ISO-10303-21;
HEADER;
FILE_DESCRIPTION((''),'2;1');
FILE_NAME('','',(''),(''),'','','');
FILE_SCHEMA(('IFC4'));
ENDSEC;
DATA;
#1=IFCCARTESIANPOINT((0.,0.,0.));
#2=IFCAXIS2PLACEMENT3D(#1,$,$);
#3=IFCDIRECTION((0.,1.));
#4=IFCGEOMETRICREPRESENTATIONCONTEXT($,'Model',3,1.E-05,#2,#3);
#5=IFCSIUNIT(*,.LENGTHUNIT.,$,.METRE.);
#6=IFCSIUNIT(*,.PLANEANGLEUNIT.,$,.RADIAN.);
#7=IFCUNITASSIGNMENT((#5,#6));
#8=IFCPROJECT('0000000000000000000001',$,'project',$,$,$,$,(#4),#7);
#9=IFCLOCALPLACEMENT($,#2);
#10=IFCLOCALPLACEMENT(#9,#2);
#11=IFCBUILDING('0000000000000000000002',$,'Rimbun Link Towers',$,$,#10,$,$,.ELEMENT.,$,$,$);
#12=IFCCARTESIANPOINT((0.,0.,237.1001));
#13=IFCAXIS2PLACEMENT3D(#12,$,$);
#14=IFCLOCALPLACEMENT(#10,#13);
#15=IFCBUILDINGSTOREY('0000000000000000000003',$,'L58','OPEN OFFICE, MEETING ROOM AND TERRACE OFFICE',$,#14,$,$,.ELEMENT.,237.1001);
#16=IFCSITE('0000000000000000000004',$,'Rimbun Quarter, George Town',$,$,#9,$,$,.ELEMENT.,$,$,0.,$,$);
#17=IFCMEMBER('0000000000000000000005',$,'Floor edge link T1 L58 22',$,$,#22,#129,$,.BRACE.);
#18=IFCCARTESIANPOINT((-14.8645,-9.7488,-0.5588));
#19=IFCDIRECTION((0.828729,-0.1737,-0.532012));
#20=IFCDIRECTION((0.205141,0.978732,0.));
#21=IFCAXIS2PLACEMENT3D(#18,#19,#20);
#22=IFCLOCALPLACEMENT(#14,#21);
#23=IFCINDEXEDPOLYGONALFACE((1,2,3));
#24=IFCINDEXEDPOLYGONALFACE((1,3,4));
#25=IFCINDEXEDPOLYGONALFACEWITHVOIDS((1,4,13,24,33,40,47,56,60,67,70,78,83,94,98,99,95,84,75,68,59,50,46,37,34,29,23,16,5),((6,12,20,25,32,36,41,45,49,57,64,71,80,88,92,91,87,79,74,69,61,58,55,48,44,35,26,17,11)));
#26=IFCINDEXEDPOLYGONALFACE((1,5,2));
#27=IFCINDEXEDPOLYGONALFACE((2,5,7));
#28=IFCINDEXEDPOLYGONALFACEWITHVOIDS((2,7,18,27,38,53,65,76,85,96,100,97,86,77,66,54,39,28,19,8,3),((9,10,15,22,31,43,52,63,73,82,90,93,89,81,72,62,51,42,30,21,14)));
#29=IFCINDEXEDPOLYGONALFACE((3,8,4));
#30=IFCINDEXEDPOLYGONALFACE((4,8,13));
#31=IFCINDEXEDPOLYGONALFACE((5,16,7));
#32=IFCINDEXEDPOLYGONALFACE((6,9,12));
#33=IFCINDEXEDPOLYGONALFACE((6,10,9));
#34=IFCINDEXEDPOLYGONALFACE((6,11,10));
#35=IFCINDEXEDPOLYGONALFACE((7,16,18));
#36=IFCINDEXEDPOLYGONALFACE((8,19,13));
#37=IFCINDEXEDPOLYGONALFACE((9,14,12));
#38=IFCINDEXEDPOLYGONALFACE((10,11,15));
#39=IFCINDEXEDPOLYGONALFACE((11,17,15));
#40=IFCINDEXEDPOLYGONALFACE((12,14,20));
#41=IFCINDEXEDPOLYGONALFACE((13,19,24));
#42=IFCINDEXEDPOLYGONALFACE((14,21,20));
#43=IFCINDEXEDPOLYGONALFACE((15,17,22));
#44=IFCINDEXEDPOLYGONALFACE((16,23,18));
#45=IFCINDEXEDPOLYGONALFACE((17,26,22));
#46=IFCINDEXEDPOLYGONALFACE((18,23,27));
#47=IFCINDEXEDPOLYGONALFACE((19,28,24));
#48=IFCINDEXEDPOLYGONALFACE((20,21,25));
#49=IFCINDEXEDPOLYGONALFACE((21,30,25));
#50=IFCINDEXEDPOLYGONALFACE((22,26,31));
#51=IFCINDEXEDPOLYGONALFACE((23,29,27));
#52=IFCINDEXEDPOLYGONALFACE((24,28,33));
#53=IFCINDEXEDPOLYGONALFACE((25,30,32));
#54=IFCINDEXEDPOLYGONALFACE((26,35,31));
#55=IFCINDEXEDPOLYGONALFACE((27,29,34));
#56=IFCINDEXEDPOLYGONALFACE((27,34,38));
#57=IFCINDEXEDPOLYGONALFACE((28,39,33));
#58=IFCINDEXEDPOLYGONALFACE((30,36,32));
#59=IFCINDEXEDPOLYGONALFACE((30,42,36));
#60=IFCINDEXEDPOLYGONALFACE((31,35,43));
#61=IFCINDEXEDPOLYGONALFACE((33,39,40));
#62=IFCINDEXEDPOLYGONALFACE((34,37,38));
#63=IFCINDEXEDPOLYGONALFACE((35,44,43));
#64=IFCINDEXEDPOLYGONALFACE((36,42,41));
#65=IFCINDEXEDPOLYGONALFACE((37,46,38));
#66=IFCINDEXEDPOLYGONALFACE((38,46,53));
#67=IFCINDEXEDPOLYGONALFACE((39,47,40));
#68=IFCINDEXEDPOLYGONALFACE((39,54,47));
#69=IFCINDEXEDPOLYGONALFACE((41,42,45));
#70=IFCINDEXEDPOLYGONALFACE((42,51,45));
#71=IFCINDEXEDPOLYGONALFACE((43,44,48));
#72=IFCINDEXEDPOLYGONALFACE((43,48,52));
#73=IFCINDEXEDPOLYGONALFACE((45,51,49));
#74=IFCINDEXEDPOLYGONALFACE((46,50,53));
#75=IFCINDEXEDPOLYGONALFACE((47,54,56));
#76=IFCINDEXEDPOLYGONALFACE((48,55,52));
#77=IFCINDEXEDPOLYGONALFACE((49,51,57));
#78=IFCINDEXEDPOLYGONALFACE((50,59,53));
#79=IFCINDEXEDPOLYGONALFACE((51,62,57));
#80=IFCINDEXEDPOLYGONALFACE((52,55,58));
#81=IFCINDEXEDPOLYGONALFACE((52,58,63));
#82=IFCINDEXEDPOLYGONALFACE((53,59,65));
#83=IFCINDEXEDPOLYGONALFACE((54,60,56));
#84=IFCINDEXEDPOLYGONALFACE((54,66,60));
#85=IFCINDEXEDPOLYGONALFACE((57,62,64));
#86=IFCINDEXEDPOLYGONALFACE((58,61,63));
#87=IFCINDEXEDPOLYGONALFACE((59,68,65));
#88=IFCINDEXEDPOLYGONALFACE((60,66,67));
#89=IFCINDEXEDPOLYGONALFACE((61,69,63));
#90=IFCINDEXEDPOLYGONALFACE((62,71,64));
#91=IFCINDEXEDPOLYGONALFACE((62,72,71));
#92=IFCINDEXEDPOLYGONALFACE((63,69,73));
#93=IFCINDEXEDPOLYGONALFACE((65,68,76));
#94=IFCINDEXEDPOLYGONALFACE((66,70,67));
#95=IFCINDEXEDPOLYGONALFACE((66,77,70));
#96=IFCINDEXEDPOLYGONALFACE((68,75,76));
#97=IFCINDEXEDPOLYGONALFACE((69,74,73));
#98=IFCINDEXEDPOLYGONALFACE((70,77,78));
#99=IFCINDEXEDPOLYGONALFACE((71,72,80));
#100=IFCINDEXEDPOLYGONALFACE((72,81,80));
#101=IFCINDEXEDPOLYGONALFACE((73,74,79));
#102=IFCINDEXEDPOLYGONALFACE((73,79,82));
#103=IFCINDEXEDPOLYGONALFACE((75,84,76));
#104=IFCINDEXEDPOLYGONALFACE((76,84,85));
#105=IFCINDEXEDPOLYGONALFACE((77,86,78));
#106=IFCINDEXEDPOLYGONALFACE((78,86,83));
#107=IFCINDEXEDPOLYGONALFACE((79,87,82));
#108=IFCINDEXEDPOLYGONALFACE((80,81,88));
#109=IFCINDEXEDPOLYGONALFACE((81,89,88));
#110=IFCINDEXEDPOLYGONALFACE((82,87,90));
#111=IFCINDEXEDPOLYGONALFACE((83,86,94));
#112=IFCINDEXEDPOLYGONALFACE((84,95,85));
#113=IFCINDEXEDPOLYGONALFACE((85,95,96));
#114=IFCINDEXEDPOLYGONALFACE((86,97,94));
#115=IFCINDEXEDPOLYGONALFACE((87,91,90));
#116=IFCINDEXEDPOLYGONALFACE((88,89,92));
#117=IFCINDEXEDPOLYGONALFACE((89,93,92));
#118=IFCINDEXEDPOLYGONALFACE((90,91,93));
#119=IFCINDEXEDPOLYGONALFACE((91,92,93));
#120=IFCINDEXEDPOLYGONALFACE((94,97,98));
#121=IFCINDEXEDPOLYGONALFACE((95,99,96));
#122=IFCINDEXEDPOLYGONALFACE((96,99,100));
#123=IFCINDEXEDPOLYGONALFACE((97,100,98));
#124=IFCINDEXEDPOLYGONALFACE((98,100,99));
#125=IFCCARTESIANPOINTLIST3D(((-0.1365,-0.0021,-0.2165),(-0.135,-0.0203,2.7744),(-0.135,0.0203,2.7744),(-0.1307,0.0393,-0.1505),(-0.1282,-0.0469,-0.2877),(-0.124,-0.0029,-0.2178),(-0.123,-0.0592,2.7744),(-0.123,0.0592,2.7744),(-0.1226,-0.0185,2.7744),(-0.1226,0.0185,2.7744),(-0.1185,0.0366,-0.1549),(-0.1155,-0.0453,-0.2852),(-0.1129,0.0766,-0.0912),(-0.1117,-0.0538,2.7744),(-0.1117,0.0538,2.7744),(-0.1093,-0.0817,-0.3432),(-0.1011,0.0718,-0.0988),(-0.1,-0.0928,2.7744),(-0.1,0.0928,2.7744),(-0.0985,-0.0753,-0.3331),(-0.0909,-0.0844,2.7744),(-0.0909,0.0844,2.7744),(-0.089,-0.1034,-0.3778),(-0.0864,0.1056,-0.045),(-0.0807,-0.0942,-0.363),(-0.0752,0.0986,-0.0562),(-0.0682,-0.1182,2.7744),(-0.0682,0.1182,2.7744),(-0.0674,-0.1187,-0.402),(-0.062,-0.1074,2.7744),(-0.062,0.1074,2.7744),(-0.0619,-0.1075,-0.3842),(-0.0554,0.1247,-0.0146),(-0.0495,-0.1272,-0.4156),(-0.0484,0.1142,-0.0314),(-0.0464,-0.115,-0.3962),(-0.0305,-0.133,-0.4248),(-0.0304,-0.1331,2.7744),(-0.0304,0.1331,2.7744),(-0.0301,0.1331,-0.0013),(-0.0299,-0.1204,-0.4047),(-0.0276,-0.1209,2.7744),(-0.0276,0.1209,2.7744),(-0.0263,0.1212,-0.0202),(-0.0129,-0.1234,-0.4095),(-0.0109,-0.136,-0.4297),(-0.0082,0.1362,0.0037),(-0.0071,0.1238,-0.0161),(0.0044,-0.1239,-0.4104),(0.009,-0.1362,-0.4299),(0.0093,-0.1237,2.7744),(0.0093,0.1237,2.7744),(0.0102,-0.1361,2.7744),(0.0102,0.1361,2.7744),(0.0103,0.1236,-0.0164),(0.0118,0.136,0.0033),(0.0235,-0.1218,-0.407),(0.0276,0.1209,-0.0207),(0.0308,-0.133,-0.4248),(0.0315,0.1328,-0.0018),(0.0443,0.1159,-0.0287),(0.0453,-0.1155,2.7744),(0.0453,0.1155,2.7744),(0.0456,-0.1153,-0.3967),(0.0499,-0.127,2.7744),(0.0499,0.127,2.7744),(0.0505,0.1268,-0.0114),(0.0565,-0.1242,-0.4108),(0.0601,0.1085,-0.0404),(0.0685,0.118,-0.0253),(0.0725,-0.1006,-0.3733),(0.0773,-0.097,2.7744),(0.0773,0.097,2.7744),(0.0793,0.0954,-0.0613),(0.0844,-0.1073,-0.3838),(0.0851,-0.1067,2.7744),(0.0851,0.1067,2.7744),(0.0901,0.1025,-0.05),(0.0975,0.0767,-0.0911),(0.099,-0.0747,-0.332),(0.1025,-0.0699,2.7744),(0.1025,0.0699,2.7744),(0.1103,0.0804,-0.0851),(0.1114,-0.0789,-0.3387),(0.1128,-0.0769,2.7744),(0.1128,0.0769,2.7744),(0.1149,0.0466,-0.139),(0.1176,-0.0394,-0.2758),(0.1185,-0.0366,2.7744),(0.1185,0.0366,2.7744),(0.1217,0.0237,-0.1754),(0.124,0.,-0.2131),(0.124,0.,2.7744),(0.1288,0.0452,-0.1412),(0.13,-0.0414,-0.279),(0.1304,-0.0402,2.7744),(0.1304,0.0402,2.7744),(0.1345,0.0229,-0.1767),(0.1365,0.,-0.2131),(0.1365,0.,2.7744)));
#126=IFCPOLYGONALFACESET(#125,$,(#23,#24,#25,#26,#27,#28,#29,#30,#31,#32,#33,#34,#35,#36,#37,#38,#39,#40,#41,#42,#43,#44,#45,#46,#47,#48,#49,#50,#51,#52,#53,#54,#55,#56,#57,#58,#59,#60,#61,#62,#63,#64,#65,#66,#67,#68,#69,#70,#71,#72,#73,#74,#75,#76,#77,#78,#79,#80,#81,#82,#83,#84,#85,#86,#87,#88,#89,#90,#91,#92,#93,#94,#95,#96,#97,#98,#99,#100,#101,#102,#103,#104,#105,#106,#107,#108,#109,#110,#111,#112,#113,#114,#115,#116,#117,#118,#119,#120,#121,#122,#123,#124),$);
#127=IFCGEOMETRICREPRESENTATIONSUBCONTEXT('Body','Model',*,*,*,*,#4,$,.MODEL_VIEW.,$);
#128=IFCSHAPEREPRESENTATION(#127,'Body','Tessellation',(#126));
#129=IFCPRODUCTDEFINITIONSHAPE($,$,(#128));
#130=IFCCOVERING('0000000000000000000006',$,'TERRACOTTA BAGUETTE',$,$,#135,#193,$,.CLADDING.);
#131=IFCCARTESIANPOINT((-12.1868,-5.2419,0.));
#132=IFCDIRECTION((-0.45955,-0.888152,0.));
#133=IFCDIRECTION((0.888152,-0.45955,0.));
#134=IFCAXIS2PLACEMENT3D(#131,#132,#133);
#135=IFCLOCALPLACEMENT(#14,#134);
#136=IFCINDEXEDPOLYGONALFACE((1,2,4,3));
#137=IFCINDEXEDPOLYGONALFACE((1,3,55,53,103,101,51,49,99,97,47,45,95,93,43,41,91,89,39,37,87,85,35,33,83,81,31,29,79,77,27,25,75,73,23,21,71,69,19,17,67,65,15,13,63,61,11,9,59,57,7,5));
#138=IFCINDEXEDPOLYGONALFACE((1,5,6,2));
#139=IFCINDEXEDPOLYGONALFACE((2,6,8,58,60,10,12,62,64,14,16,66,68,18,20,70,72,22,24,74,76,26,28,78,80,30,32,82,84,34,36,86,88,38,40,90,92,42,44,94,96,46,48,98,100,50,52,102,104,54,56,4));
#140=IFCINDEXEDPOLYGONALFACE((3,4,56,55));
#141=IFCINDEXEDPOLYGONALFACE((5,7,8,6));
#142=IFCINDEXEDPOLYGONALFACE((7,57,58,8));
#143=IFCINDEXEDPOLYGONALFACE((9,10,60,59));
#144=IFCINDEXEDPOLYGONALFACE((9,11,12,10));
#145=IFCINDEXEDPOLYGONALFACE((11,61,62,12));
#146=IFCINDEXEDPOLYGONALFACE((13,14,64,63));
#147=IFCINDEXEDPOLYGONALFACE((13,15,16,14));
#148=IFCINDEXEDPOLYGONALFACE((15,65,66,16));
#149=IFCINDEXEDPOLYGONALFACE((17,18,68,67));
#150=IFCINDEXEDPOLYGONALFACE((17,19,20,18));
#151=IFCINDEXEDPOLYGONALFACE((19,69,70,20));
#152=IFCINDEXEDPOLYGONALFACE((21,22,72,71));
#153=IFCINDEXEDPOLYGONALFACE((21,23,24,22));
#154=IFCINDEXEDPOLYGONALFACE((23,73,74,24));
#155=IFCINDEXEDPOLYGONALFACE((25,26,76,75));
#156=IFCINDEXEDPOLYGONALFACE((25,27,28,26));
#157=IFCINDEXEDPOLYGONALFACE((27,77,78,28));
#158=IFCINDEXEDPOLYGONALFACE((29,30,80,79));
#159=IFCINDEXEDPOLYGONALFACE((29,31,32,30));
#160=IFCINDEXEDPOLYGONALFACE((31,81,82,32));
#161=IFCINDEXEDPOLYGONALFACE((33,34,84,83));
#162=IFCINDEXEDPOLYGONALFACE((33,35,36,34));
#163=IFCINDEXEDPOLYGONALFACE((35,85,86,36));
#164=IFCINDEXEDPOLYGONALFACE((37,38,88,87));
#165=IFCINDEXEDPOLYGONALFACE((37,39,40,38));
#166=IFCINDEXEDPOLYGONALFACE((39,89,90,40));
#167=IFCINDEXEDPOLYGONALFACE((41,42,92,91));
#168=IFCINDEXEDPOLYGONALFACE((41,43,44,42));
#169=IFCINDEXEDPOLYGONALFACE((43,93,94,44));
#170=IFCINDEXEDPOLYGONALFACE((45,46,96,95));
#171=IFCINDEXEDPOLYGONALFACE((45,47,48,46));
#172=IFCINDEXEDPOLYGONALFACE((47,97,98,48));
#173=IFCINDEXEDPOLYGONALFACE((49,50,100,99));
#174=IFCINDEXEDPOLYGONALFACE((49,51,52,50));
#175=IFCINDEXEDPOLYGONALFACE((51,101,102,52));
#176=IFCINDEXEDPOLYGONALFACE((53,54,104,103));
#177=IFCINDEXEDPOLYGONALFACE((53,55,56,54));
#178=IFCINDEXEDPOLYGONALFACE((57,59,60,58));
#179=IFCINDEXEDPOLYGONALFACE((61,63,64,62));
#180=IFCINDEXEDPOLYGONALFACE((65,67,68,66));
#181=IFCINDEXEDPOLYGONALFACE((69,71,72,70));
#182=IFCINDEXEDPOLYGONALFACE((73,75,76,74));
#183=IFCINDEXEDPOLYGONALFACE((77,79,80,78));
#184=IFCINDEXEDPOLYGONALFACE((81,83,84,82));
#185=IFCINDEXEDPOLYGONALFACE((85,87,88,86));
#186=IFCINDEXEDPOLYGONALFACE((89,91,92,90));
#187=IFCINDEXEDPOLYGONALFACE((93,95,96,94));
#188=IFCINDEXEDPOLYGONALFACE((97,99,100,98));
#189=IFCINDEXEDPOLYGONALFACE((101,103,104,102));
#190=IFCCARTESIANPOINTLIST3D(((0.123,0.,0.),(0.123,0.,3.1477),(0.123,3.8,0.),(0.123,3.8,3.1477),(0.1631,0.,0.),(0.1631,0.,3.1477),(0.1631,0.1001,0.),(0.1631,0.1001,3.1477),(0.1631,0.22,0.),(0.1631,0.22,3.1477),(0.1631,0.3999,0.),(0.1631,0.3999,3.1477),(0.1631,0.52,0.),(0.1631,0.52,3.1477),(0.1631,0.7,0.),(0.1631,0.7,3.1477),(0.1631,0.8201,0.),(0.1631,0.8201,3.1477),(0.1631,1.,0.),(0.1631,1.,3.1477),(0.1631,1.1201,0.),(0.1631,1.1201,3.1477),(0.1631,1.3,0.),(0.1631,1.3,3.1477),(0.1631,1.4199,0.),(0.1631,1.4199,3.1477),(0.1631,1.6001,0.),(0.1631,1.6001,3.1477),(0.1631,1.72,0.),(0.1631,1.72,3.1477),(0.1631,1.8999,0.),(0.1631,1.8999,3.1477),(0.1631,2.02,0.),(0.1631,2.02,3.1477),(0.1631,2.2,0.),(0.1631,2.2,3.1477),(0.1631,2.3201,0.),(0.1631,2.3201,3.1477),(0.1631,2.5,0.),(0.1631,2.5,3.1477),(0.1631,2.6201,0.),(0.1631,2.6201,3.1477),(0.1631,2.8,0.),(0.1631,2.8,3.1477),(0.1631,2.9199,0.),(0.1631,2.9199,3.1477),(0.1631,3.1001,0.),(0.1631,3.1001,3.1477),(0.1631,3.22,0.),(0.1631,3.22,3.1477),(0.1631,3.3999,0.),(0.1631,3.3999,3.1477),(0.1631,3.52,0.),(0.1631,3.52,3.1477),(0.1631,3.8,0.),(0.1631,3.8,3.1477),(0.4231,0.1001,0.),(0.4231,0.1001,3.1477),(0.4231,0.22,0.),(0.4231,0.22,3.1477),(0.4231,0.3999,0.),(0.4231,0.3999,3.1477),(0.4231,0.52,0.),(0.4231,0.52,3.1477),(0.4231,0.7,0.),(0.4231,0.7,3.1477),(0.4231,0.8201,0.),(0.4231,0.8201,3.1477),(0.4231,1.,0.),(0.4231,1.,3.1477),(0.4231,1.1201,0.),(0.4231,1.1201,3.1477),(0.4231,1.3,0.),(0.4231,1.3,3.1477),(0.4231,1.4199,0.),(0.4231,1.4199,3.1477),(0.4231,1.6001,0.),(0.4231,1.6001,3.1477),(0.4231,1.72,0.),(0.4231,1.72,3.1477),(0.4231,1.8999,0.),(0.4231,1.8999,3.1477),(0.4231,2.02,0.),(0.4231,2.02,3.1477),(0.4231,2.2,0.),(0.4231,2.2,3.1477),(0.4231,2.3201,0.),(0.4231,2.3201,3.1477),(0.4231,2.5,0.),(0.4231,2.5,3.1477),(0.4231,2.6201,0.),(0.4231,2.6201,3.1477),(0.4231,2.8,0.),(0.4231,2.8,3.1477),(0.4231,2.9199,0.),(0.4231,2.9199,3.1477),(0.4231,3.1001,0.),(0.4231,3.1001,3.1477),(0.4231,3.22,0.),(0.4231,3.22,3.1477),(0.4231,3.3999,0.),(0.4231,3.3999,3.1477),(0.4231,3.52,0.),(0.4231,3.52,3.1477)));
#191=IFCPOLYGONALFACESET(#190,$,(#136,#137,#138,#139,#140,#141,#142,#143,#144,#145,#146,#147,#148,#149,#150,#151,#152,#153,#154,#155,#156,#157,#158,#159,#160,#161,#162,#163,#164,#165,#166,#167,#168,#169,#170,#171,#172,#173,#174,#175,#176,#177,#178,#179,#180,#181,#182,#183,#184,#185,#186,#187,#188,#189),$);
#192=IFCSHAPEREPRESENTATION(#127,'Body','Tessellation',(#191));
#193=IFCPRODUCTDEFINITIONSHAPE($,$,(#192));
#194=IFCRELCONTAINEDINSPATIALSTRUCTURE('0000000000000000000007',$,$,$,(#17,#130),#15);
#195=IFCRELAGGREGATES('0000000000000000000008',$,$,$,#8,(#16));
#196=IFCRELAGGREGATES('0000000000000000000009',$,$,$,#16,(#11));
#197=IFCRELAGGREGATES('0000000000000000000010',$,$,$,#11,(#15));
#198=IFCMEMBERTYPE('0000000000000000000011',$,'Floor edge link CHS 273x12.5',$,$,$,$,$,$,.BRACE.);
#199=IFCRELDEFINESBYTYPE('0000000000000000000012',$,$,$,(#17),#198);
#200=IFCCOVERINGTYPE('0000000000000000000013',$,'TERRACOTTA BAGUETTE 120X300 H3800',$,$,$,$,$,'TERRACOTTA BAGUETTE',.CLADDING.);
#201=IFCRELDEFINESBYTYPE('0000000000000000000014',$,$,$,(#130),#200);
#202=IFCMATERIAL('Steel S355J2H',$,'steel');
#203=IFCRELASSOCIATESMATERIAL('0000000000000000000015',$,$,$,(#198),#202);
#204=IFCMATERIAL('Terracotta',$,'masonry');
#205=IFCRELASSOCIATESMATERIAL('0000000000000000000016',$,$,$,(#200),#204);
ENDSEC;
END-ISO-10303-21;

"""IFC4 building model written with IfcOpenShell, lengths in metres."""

from ifc_helpers import new_model, si_unit, direction, frame, origin, origin_2d, place, context, subcontext, project, spatial, polyline, hollow_circle, outline, extrude, clip, halfspace, material, material_profile, profile_set, type_object, element, save


model = new_model("IFC4")

# Units and contexts
model_context = context("Model", 3, precision=1e-05, world=origin(), true_north=direction((0.0, 1.0)))
body_context = subcontext(model_context, "Body", "Model", "MODEL_VIEW")
ifc_project = project(units=[si_unit("LENGTHUNIT", "METRE"), si_unit("PLANEANGLEUNIT", "RADIAN")], contexts=[model_context])

# Site, building, storey
site_placement = place(None, origin())
site = spatial("IfcSite", under=ifc_project, at=site_placement, Name="Rimbun Quarter, George Town", CompositionType="ELEMENT", RefElevation=0.0)
building_placement = place(site_placement, origin())
building = spatial("IfcBuilding", under=site, at=building_placement, Name="Rimbun Link Towers", CompositionType="ELEMENT")
storey_placement = place(building_placement, frame((0.0, 0.0, 237.1001)))
storey = spatial("IfcBuildingStorey", under=building, at=storey_placement, Name="L58", Description="OPEN OFFICE, MEETING ROOM AND TERRACE OFFICE", CompositionType="ELEMENT", Elevation=237.1001)

# Member
ifc_material_1 = material(Name="Steel S355J2H", Category="steel")
ifc_material_profile_1 = material_profile(ifc_material_1, hollow_circle(Radius=0.1365, WallThickness=0.0125, at=origin_2d()), Name="CHS 273x12.5")
ifc_profile_set_1 = profile_set([ifc_material_profile_1], Name="Steel S355J2H")
member_type_1 = type_object("IfcMemberType", Name="Floor edge link CHS 273x12.5", PredefinedType="BRACE", material=ifc_profile_set_1)
member_1_placement = place(storey_placement, frame((-14.8645, -9.7488, -0.5588), z_axis=(0.828729, -0.1737, -0.532012), x_axis=(0.205141, 0.978732, 0.0)))
element("IfcMember", 1, at=member_1_placement, inside=storey, type_object=member_type_1, Name="Floor edge link T1 L58 22", PredefinedType="BRACE", context=body_context, shape_type="Clipping", body=[
    clip(extrude(hollow_circle(Radius=0.1365, WallThickness=0.0125, at=origin_2d()), frame((0.0, 0.0, -0.4534)), (0.0, 0.0, 1.0), 3.2278), halfspace(frame((0.0, 0.0, -0.2131), z_axis=(0.0, 0.846737, -0.532012)), False)),
])

# Covering
ifc_material_2 = material(Name="Terracotta", Category="masonry")
ifc_material_profile_2 = material_profile(ifc_material_2, outline(polyline([(0.123, 0.0), (0.1631, 0.0), (0.1631, 0.1001), (0.4231, 0.1001), (0.4231, 0.22), (0.1631, 0.22), (0.1631, 0.3999), (0.4231, 0.3999), (0.4231, 0.52), (0.1631, 0.52), (0.1631, 0.7), (0.4231, 0.7), (0.4231, 0.8201), (0.1631, 0.8201), (0.1631, 1.0), (0.4231, 1.0), (0.4231, 1.1201), (0.1631, 1.1201), (0.1631, 1.3), (0.4231, 1.3), (0.4231, 1.4199), (0.1631, 1.4199), (0.1631, 1.6001), (0.4231, 1.6001), (0.4231, 1.72), (0.1631, 1.72), (0.1631, 1.8999), (0.4231, 1.8999), (0.4231, 2.02), (0.1631, 2.02), (0.1631, 2.2), (0.4231, 2.2), (0.4231, 2.3201), (0.1631, 2.3201), (0.1631, 2.5), (0.4231, 2.5), (0.4231, 2.6201), (0.1631, 2.6201), (0.1631, 2.8), (0.4231, 2.8), (0.4231, 2.9199), (0.1631, 2.9199), (0.1631, 3.1001), (0.4231, 3.1001), (0.4231, 3.22), (0.1631, 3.22), (0.1631, 3.3999), (0.4231, 3.3999), (0.4231, 3.52), (0.1631, 3.52), (0.1631, 3.8), (0.123, 3.8), (0.123, 0.0)])), Name="BAGUETTE 120X300")
ifc_profile_set_2 = profile_set([ifc_material_profile_2], Name="Terracotta")
covering_type = type_object("IfcCoveringType", Name="TERRACOTTA BAGUETTE 120X300 H3800", ElementType="TERRACOTTA BAGUETTE", PredefinedType="CLADDING", material=ifc_profile_set_2)
covering_placement = place(storey_placement, frame((-12.1868, -5.2419, 0.0), z_axis=(-0.45955, -0.888152, 0.0), x_axis=(0.888152, -0.45955, 0.0)))
element("IfcCovering", 2, at=covering_placement, inside=storey, type_object=covering_type, Name="TERRACOTTA BAGUETTE", PredefinedType="CLADDING", context=body_context, shape_type="SweptSolid", body=[
    extrude(outline(polyline([(0.123, 0.0), (0.1631, 0.0), (0.1631, 0.1001), (0.4231, 0.1001), (0.4231, 0.22), (0.1631, 0.22), (0.1631, 0.3999), (0.4231, 0.3999), (0.4231, 0.52), (0.1631, 0.52), (0.1631, 0.7), (0.4231, 0.7), (0.4231, 0.8201), (0.1631, 0.8201), (0.1631, 1.0), (0.4231, 1.0), (0.4231, 1.1201), (0.1631, 1.1201), (0.1631, 1.3), (0.4231, 1.3), (0.4231, 1.4199), (0.1631, 1.4199), (0.1631, 1.6001), (0.4231, 1.6001), (0.4231, 1.72), (0.1631, 1.72), (0.1631, 1.8999), (0.4231, 1.8999), (0.4231, 2.02), (0.1631, 2.02), (0.1631, 2.2), (0.4231, 2.2), (0.4231, 2.3201), (0.1631, 2.3201), (0.1631, 2.5), (0.4231, 2.5), (0.4231, 2.6201), (0.1631, 2.6201), (0.1631, 2.8), (0.4231, 2.8), (0.4231, 2.9199), (0.1631, 2.9199), (0.1631, 3.1001), (0.4231, 3.1001), (0.4231, 3.22), (0.1631, 3.22), (0.1631, 3.3999), (0.4231, 3.3999), (0.4231, 3.52), (0.1631, 3.52), (0.1631, 3.8), (0.123, 3.8), (0.123, 0.0)])), origin(), (0.0, 0.0, 1.0), 3.1477),
])

save(model, "model.ifc")
